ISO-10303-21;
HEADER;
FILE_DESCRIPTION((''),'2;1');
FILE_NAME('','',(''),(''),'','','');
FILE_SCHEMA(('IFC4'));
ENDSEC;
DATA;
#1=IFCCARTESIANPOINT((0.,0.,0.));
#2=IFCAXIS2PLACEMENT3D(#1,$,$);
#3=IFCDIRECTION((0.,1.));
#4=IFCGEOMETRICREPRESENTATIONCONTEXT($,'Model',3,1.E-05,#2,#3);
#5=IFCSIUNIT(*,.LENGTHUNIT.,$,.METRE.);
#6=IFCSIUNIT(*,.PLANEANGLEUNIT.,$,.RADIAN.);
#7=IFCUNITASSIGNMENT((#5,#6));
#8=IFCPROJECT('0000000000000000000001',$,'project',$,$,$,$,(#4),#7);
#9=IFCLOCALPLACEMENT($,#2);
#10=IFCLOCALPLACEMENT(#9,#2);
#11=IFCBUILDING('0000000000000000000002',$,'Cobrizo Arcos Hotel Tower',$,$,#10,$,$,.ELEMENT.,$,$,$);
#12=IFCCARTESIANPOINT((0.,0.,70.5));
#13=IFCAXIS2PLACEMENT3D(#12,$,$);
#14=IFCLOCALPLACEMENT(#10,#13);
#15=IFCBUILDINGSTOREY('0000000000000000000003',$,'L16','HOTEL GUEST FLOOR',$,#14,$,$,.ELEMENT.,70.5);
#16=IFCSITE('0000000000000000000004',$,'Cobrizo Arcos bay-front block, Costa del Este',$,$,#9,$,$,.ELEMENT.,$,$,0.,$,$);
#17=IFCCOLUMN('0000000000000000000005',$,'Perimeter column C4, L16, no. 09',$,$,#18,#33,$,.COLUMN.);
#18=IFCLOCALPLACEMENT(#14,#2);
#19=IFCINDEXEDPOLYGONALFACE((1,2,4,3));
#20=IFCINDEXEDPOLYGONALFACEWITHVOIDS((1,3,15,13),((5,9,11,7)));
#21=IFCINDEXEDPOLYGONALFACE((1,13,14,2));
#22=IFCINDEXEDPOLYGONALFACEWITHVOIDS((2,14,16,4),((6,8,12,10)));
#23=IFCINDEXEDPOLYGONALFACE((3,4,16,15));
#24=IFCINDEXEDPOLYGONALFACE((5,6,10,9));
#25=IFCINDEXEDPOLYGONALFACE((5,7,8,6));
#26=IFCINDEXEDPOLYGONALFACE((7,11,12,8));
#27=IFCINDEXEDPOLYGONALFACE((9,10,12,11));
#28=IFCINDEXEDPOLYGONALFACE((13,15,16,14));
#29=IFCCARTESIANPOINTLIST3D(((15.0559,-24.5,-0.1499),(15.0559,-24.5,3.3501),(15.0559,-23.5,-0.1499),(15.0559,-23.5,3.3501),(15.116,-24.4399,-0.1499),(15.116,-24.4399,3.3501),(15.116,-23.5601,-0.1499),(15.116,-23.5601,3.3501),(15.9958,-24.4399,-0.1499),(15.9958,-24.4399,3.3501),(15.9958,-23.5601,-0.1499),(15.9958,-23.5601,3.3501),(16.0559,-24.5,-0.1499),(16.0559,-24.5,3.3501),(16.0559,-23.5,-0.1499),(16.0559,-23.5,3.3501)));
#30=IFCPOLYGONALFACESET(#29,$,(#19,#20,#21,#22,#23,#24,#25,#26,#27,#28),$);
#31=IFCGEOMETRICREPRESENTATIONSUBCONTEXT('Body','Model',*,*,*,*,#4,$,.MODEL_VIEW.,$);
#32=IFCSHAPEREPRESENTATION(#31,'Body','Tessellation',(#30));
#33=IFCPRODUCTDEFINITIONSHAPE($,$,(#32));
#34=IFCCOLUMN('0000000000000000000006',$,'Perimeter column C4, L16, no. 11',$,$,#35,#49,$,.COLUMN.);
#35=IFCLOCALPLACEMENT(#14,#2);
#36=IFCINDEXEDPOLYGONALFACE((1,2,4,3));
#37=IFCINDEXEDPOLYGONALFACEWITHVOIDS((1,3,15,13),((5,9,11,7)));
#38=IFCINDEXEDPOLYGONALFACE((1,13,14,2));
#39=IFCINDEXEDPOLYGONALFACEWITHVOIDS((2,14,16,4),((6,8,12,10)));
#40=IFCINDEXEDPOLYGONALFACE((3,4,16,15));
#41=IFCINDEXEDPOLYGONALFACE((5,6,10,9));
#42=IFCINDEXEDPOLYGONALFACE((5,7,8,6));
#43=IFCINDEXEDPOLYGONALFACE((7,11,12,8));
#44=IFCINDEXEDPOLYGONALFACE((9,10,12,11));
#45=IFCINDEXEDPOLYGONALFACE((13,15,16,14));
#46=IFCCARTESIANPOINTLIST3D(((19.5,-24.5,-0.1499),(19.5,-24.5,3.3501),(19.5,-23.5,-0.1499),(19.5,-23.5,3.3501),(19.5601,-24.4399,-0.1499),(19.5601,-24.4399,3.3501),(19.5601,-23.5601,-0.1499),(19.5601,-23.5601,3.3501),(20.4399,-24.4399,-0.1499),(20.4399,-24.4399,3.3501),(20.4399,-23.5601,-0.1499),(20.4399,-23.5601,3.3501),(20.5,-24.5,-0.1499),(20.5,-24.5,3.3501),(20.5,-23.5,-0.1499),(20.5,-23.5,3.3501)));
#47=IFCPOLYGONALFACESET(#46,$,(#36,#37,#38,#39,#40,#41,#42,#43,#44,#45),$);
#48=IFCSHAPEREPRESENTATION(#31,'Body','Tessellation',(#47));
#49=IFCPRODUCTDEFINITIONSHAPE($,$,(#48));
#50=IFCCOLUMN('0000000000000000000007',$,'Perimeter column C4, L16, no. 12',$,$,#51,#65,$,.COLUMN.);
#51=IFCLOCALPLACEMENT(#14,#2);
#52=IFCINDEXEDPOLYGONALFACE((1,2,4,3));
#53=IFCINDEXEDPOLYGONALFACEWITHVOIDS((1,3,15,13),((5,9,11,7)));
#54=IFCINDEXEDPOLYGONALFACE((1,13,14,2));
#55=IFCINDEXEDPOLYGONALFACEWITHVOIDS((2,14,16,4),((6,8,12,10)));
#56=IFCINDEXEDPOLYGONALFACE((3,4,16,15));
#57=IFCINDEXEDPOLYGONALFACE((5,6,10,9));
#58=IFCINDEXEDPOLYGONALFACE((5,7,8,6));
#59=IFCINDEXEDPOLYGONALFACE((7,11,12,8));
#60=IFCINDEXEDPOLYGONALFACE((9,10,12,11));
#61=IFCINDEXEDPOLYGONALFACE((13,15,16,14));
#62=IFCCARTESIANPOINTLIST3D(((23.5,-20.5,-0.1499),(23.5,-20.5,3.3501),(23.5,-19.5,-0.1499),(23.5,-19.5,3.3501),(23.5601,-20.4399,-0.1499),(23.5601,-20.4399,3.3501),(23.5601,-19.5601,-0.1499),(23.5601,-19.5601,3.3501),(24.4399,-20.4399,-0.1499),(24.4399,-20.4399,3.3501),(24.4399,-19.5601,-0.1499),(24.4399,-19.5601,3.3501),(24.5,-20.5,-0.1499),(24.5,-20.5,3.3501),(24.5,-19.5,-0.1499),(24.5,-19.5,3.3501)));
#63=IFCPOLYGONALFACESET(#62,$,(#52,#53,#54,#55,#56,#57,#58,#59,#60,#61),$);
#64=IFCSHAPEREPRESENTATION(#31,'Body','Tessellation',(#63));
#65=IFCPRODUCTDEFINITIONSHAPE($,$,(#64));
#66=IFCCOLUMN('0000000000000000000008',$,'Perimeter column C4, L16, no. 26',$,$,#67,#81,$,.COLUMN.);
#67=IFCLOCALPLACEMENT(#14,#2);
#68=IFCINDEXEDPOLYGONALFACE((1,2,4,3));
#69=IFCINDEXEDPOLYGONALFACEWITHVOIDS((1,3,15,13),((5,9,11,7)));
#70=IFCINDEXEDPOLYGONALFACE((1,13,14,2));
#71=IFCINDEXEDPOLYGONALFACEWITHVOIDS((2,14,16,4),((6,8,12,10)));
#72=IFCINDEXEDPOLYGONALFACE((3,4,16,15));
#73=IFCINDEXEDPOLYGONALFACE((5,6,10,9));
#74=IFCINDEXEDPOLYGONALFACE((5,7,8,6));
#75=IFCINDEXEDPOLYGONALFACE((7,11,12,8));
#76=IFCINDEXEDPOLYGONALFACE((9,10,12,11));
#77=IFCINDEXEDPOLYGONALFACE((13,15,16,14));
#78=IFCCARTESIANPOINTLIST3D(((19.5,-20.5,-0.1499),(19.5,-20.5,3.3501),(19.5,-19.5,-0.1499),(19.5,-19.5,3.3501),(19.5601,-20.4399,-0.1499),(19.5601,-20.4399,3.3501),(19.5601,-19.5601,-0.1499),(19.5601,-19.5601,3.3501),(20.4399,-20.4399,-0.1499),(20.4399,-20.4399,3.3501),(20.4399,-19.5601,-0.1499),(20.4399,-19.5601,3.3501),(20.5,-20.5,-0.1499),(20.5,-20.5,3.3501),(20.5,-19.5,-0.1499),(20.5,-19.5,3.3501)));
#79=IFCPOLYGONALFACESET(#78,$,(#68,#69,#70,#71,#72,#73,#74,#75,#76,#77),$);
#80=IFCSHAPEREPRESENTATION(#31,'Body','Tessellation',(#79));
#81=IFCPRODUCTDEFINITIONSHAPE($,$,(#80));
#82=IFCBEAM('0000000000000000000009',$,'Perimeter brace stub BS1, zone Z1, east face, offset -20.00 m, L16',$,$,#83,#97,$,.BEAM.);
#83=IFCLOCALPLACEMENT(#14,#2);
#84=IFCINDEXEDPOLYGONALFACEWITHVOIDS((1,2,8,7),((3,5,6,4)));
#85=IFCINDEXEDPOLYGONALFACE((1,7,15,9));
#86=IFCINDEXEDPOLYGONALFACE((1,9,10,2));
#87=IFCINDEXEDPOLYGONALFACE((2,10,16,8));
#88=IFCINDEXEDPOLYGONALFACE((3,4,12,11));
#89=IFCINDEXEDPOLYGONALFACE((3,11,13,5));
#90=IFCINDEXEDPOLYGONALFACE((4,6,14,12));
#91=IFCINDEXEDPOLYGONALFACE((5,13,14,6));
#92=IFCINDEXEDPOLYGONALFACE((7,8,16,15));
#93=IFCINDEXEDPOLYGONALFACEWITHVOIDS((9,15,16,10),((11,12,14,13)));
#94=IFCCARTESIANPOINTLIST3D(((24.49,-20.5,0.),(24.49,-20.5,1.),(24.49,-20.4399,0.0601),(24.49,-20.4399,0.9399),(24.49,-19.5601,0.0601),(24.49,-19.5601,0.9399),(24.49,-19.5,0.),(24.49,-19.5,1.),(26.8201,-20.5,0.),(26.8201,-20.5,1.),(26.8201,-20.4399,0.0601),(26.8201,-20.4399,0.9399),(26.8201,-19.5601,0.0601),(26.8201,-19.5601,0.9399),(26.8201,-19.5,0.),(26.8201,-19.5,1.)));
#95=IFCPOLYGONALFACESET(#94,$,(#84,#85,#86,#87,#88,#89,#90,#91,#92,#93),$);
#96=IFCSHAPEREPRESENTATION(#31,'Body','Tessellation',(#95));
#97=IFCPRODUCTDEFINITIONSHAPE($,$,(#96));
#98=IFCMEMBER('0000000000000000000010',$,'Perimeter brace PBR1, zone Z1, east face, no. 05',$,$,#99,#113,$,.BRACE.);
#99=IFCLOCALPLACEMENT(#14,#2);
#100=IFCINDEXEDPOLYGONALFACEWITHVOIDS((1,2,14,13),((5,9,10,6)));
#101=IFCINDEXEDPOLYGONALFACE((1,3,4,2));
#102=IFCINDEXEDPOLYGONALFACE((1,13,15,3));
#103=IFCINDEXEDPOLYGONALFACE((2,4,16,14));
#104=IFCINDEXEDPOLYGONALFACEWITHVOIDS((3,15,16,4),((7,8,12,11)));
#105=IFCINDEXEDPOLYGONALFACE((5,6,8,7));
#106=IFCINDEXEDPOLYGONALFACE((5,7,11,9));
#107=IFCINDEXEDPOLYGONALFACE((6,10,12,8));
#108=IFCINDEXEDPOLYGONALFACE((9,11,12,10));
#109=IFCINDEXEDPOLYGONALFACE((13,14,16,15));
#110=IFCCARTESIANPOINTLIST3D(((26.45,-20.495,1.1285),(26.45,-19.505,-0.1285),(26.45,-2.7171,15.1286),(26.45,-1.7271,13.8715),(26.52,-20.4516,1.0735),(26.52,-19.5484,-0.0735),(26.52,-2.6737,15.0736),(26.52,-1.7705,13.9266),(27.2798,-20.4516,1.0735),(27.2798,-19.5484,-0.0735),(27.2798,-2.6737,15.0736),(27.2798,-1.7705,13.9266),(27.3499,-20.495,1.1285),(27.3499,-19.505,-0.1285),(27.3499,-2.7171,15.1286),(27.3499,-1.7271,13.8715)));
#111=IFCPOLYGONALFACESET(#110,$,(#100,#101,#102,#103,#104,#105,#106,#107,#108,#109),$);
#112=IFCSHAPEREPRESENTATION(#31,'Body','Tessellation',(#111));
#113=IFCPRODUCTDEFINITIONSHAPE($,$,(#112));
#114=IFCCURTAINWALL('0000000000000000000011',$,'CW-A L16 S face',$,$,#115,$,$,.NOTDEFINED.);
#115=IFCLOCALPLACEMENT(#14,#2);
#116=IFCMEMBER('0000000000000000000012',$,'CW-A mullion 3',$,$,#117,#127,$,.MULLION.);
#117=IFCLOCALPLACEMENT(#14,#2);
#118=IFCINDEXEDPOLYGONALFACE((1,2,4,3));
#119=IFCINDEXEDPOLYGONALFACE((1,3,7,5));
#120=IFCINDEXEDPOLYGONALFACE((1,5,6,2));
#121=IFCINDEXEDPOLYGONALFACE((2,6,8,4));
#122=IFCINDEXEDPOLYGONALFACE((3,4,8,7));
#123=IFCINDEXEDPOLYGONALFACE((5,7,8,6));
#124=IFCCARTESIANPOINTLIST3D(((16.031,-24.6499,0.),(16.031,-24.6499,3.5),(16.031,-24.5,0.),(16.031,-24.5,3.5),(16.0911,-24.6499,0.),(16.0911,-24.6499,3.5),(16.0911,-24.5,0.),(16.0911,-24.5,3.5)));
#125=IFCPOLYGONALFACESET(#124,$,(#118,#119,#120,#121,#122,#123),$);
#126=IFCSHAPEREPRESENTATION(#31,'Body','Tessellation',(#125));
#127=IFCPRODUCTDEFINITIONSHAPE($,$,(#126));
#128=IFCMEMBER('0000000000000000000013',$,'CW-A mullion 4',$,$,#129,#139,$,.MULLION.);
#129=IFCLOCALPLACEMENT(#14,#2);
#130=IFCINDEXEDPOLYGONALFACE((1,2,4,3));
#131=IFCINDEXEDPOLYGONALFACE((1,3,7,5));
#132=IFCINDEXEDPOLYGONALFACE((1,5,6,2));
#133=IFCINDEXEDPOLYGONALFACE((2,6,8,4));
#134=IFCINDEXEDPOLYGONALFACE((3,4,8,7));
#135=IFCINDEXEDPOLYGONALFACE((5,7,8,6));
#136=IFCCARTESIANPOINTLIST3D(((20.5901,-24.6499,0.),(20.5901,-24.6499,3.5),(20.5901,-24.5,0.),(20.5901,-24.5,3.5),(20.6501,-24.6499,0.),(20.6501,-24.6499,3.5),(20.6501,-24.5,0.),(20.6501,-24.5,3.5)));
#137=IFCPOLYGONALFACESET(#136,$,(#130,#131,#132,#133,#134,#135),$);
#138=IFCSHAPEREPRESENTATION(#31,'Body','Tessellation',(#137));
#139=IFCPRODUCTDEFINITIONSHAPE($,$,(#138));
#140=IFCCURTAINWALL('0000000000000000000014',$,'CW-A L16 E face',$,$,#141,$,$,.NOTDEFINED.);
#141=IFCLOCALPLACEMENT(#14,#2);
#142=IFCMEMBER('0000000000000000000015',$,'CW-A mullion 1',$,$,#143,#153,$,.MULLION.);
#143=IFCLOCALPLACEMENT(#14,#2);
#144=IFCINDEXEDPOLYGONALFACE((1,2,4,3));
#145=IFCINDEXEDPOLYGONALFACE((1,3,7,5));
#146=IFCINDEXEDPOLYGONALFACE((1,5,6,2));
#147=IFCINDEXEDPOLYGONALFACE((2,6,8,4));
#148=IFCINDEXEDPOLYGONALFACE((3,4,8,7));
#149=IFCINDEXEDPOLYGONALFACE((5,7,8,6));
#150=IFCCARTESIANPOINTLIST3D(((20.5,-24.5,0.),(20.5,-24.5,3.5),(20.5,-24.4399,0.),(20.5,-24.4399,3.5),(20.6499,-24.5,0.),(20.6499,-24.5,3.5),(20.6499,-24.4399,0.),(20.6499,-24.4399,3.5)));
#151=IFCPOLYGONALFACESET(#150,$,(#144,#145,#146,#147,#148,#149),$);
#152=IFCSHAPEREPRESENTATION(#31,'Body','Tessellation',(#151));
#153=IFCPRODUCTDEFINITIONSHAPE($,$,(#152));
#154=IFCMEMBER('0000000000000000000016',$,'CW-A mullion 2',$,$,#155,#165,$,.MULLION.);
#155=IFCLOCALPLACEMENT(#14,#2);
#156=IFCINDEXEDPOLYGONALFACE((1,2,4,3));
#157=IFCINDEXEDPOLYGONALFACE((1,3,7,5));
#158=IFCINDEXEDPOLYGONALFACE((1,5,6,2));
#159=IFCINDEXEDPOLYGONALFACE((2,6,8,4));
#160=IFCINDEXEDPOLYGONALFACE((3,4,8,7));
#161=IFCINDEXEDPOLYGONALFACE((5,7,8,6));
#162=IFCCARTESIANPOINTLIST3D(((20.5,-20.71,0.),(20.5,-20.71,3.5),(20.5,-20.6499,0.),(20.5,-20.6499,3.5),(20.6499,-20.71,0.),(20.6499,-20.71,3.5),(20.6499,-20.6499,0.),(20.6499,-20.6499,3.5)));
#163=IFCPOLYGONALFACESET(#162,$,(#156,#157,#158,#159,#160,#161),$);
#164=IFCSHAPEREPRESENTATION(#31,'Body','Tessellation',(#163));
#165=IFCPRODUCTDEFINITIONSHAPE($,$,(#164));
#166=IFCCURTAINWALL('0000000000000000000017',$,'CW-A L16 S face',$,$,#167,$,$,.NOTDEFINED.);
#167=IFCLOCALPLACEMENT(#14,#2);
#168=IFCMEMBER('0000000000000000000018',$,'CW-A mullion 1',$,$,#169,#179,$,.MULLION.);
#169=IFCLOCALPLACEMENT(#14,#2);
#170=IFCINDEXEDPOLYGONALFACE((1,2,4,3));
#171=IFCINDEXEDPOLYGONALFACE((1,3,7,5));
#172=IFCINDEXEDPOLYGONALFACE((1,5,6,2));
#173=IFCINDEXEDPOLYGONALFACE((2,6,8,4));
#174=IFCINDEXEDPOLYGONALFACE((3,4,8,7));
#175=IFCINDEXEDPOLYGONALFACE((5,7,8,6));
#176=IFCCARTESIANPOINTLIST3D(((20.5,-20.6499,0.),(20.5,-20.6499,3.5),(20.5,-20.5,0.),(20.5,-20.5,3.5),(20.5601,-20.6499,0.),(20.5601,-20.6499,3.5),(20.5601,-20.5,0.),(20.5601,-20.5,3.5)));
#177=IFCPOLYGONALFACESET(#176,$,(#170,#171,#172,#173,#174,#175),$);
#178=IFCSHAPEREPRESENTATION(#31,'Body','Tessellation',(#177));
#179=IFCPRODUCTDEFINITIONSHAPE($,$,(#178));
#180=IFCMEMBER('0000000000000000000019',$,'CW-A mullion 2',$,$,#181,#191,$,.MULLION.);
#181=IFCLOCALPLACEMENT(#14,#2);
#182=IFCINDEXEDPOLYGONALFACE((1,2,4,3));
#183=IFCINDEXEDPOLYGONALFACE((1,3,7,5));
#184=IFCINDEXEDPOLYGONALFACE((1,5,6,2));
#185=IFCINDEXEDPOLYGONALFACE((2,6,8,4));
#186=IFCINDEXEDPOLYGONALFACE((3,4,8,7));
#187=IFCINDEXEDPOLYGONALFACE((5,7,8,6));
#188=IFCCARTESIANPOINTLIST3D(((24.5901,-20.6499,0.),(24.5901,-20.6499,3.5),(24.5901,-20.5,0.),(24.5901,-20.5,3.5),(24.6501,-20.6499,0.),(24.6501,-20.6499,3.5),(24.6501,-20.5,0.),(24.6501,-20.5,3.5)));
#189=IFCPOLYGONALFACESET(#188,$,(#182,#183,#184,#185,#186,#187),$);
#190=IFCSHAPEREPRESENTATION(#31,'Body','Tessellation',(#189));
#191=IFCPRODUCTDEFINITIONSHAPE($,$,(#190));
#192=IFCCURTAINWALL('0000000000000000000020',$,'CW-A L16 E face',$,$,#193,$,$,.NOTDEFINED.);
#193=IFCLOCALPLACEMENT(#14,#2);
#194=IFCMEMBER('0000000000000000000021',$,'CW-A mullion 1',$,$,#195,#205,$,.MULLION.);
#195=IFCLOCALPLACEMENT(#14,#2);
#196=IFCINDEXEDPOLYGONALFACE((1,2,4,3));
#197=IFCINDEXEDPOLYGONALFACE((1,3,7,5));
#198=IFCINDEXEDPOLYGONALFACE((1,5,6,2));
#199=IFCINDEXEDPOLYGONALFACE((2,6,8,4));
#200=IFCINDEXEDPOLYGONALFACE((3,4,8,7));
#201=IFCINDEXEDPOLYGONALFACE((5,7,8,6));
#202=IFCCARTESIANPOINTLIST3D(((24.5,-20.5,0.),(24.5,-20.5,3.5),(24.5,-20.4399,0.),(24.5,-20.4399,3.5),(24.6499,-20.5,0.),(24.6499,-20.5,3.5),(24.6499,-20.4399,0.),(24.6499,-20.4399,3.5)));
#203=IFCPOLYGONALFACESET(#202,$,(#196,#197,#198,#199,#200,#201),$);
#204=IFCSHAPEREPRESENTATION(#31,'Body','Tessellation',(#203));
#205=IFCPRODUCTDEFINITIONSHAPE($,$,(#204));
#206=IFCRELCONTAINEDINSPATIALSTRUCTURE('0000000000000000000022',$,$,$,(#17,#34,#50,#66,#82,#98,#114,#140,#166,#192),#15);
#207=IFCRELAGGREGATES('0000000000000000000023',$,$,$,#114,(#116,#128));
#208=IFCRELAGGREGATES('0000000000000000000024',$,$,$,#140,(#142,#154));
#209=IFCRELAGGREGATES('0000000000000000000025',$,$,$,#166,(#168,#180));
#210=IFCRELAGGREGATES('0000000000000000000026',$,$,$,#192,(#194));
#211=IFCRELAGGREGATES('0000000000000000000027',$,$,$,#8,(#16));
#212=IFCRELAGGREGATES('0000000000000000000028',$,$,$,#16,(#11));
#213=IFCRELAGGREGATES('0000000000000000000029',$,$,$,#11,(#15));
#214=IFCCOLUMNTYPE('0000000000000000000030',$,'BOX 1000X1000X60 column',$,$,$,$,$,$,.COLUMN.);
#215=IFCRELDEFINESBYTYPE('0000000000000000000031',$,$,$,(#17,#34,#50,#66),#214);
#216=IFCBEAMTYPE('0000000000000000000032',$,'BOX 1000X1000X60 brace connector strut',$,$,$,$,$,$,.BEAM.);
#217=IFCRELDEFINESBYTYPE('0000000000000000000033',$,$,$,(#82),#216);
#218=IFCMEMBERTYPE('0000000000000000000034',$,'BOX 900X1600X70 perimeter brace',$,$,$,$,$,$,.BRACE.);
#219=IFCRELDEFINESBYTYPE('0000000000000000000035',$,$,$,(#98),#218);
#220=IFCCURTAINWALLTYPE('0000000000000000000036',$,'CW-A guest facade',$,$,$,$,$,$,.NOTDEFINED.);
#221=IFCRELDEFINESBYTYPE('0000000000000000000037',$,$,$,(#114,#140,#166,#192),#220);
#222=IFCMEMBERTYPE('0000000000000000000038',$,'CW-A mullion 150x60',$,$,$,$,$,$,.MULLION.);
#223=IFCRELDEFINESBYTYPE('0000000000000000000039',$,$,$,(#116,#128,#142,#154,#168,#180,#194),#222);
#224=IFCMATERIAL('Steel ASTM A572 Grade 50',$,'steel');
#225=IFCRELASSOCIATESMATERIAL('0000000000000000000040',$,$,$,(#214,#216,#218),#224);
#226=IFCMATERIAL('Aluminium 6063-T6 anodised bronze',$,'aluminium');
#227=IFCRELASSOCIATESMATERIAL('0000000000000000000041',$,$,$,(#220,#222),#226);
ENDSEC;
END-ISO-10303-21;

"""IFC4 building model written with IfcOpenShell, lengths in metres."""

from ifc_helpers import new_model, si_unit, direction, frame, origin, origin_2d, place, context, subcontext, project, spatial, rectangle, hollow_rectangle, extrude, material, material_profile, profile_set, type_object, element, aggregate, save


model = new_model("IFC4")

# Units and contexts
model_context = context("Model", 3, precision=1e-05, world=origin(), true_north=direction((0.0, 1.0)))
body_context = subcontext(model_context, "Body", "Model", "MODEL_VIEW")
ifc_project = project(units=[si_unit("LENGTHUNIT", "METRE"), si_unit("PLANEANGLEUNIT", "RADIAN")], contexts=[model_context])

# Site, building, storey
site_placement = place(None, origin())
site = spatial("IfcSite", under=ifc_project, at=site_placement, Name="Cobrizo Arcos bay-front block, Costa del Este", CompositionType="ELEMENT", RefElevation=0.0)
building_placement = place(site_placement, origin())
building = spatial("IfcBuilding", under=site, at=building_placement, Name="Cobrizo Arcos Hotel Tower", CompositionType="ELEMENT")
storey_placement = place(building_placement, frame((0.0, 0.0, 70.5)))
storey = spatial("IfcBuildingStorey", under=building, at=storey_placement, Name="L16", Description="HOTEL GUEST FLOOR", CompositionType="ELEMENT", Elevation=70.5)

# Columns
ifc_material_1 = material(Name="Steel ASTM A572 Grade 50", Category="steel")
ifc_material_profile_1 = material_profile(ifc_material_1, hollow_rectangle(XDim=1.0, YDim=1.0, WallThickness=0.0601, at=origin_2d()), Name="BOX 1000X1000X60")
ifc_profile_set_1 = profile_set([ifc_material_profile_1], Name="Steel ASTM A572 Grade 50")
column_type = type_object("IfcColumnType", Name="BOX 1000X1000X60 column", PredefinedType="COLUMN", material=ifc_profile_set_1)
for number, where, z_axis, x_axis, name in (
    (1, (15.5559, -24.0, -0.1499), (0.0, 0.0, 1.0), (1.0, 0.0, 0.0), "Perimeter column C4, L16, no. 09"),
    (2, (20.0, -24.0, -0.1499), (0.0, 0.0, 1.0), (1.0, 0.0, 0.0), "Perimeter column C4, L16, no. 11"),
    (3, (24.0, -20.0, -0.1499), (0.0, 0.0, 1.0), (1.0, 0.0, 0.0), "Perimeter column C4, L16, no. 12"),
    (4, (20.0, -20.0, -0.1499), (0.0, 0.0, 1.0), (1.0, 0.0, 0.0), "Perimeter column C4, L16, no. 26"),
):
    element("IfcColumn", number, at=place(storey_placement, frame(where, z_axis=z_axis, x_axis=x_axis)), inside=storey, type_object=column_type, Name=name, PredefinedType="COLUMN", context=body_context, shape_type="SweptSolid", body=[
        extrude(hollow_rectangle(XDim=1.0, YDim=1.0, WallThickness=0.0601, at=origin_2d()), origin(), (0.0, 0.0, 1.0), 3.5),
    ])

# Beam
ifc_material_profile_2 = material_profile(ifc_material_1, hollow_rectangle(XDim=1.0, YDim=1.0, WallThickness=0.0601, at=origin_2d()), Name="BOX 1000X1000X60")
ifc_profile_set_2 = profile_set([ifc_material_profile_2], Name="Steel ASTM A572 Grade 50")
beam_type_1 = type_object("IfcBeamType", Name="BOX 1000X1000X60 brace connector strut", PredefinedType="BEAM", material=ifc_profile_set_2)
beam_1_placement = place(storey_placement, frame((24.49, -20.0, 0.5), z_axis=(1.0, 0.0, 0.0), x_axis=(0.0, 1.0, 0.0)))
element("IfcBeam", 5, at=beam_1_placement, inside=storey, type_object=beam_type_1, Name="Perimeter brace stub BS1, zone Z1, east face, offset -20.00 m, L16", PredefinedType="BEAM", context=body_context, shape_type="SweptSolid", body=[
    extrude(hollow_rectangle(XDim=1.0, YDim=1.0, WallThickness=0.0601, at=origin_2d()), origin(), (0.0, 0.0, 1.0), 2.3301),
])

# Member
ifc_material_profile_3 = material_profile(ifc_material_1, hollow_rectangle(XDim=0.8999, YDim=1.6001, WallThickness=0.0701, at=origin_2d()), Name="BOX 900X1600X70")
ifc_profile_set_3 = profile_set([ifc_material_profile_3], Name="Steel ASTM A572 Grade 50")
member_type_1 = type_object("IfcMemberType", Name="BOX 900X1600X70 perimeter brace", PredefinedType="BRACE", material=ifc_profile_set_3)
member_1_placement = place(storey_placement, frame((26.8999, -20.0, 0.5), z_axis=(0.0, 0.785637, 0.618687), x_axis=(-1.0, 0.0, 0.0)))
element("IfcMember", 6, at=member_1_placement, inside=storey, type_object=member_type_1, Name="Perimeter brace PBR1, zone Z1, east face, no. 05", PredefinedType="BRACE", context=body_context, shape_type="SweptSolid", body=[
    extrude(hollow_rectangle(XDim=0.8999, YDim=1.6001, WallThickness=0.0701, at=origin_2d()), origin(), (0.0, 0.0, 1.0), 22.6287),
])

# Curtain walls, members
ifc_material_2 = material(Name="Aluminium 6063-T6 anodised bronze", Category="aluminium")
curtain_wall_type = type_object("IfcCurtainWallType", Name="CW-A guest facade", PredefinedType="NOTDEFINED", material=ifc_material_2)
curtain_wall_1_placement = place(storey_placement, origin())
curtain_wall_1 = element("IfcCurtainWall", 7, at=curtain_wall_1_placement, inside=storey, type_object=curtain_wall_type, Name="CW-A L16 S face", PredefinedType="NOTDEFINED")
ifc_material_profile_4 = material_profile(ifc_material_2, rectangle(XDim=0.1499, YDim=0.0601, at=origin_2d()), Name="CW-A mullion 150x60")
ifc_profile_set_4 = profile_set([ifc_material_profile_4], Name="Aluminium 6063-T6 anodised bronze")
member_type_2 = type_object("IfcMemberType", Name="CW-A mullion 150x60", PredefinedType="MULLION", material=ifc_profile_set_4)
member_2_placement = place(storey_placement, frame((16.061, -24.575, 0.0), z_axis=(0.0, 0.0, 1.0), x_axis=(0.0, -1.0, 0.0)))
member_2 = element("IfcMember", 8, at=member_2_placement, type_object=member_type_2, Name="CW-A mullion 3", PredefinedType="MULLION", context=body_context, shape_type="SweptSolid", body=[
    extrude(rectangle(XDim=0.1499, YDim=0.0601, at=origin_2d()), origin(), (0.0, 0.0, 1.0), 3.5),
])
member_3_placement = place(storey_placement, frame((20.6201, -24.575, 0.0), z_axis=(0.0, 0.0, 1.0), x_axis=(0.0, -1.0, 0.0)))
member_3 = element("IfcMember", 9, at=member_3_placement, type_object=member_type_2, Name="CW-A mullion 4", PredefinedType="MULLION", context=body_context, shape_type="SweptSolid", body=[
    extrude(rectangle(XDim=0.1499, YDim=0.0601, at=origin_2d()), origin(), (0.0, 0.0, 1.0), 3.5),
])
curtain_wall_2_placement = place(storey_placement, origin())
curtain_wall_2 = element("IfcCurtainWall", 10, at=curtain_wall_2_placement, inside=storey, type_object=curtain_wall_type, Name="CW-A L16 E face", PredefinedType="NOTDEFINED")
member_4_placement = place(storey_placement, frame((20.575, -24.47, 0.0), z_axis=(0.0, 0.0, 1.0), x_axis=(1.0, 0.0, 0.0)))
member_4 = element("IfcMember", 11, at=member_4_placement, type_object=member_type_2, Name="CW-A mullion 1", PredefinedType="MULLION", context=body_context, shape_type="SweptSolid", body=[
    extrude(rectangle(XDim=0.1499, YDim=0.0601, at=origin_2d()), origin(), (0.0, 0.0, 1.0), 3.5),
])
member_5_placement = place(storey_placement, frame((20.575, -20.6799, 0.0), z_axis=(0.0, 0.0, 1.0), x_axis=(1.0, 0.0, 0.0)))
member_5 = element("IfcMember", 12, at=member_5_placement, type_object=member_type_2, Name="CW-A mullion 2", PredefinedType="MULLION", context=body_context, shape_type="SweptSolid", body=[
    extrude(rectangle(XDim=0.1499, YDim=0.0601, at=origin_2d()), origin(), (0.0, 0.0, 1.0), 3.5),
])
curtain_wall_3_placement = place(storey_placement, origin())
curtain_wall_3 = element("IfcCurtainWall", 13, at=curtain_wall_3_placement, inside=storey, type_object=curtain_wall_type, Name="CW-A L16 S face", PredefinedType="NOTDEFINED")
member_6_placement = place(storey_placement, frame((20.53, -20.575, 0.0), z_axis=(0.0, 0.0, 1.0), x_axis=(0.0, -1.0, 0.0)))
member_6 = element("IfcMember", 14, at=member_6_placement, type_object=member_type_2, Name="CW-A mullion 1", PredefinedType="MULLION", context=body_context, shape_type="SweptSolid", body=[
    extrude(rectangle(XDim=0.1499, YDim=0.0601, at=origin_2d()), origin(), (0.0, 0.0, 1.0), 3.5),
])
member_7_placement = place(storey_placement, frame((24.6201, -20.575, 0.0), z_axis=(0.0, 0.0, 1.0), x_axis=(0.0, -1.0, 0.0)))
member_7 = element("IfcMember", 15, at=member_7_placement, type_object=member_type_2, Name="CW-A mullion 2", PredefinedType="MULLION", context=body_context, shape_type="SweptSolid", body=[
    extrude(rectangle(XDim=0.1499, YDim=0.0601, at=origin_2d()), origin(), (0.0, 0.0, 1.0), 3.5),
])

# Curtain wall, member
curtain_wall_4_placement = place(storey_placement, origin())
curtain_wall_4 = element("IfcCurtainWall", 16, at=curtain_wall_4_placement, inside=storey, type_object=curtain_wall_type, Name="CW-A L16 E face", PredefinedType="NOTDEFINED")
member_8_placement = place(storey_placement, frame((24.575, -20.47, 0.0), z_axis=(0.0, 0.0, 1.0), x_axis=(1.0, 0.0, 0.0)))
member_8 = element("IfcMember", 17, at=member_8_placement, type_object=member_type_2, Name="CW-A mullion 1", PredefinedType="MULLION", context=body_context, shape_type="SweptSolid", body=[
    extrude(rectangle(XDim=0.1499, YDim=0.0601, at=origin_2d()), origin(), (0.0, 0.0, 1.0), 3.5),
])

aggregate(curtain_wall_1, [member_2, member_3])
aggregate(curtain_wall_2, [member_4, member_5])
aggregate(curtain_wall_3, [member_6, member_7])
aggregate(curtain_wall_4, [member_8])

save(model, "model.ifc")
